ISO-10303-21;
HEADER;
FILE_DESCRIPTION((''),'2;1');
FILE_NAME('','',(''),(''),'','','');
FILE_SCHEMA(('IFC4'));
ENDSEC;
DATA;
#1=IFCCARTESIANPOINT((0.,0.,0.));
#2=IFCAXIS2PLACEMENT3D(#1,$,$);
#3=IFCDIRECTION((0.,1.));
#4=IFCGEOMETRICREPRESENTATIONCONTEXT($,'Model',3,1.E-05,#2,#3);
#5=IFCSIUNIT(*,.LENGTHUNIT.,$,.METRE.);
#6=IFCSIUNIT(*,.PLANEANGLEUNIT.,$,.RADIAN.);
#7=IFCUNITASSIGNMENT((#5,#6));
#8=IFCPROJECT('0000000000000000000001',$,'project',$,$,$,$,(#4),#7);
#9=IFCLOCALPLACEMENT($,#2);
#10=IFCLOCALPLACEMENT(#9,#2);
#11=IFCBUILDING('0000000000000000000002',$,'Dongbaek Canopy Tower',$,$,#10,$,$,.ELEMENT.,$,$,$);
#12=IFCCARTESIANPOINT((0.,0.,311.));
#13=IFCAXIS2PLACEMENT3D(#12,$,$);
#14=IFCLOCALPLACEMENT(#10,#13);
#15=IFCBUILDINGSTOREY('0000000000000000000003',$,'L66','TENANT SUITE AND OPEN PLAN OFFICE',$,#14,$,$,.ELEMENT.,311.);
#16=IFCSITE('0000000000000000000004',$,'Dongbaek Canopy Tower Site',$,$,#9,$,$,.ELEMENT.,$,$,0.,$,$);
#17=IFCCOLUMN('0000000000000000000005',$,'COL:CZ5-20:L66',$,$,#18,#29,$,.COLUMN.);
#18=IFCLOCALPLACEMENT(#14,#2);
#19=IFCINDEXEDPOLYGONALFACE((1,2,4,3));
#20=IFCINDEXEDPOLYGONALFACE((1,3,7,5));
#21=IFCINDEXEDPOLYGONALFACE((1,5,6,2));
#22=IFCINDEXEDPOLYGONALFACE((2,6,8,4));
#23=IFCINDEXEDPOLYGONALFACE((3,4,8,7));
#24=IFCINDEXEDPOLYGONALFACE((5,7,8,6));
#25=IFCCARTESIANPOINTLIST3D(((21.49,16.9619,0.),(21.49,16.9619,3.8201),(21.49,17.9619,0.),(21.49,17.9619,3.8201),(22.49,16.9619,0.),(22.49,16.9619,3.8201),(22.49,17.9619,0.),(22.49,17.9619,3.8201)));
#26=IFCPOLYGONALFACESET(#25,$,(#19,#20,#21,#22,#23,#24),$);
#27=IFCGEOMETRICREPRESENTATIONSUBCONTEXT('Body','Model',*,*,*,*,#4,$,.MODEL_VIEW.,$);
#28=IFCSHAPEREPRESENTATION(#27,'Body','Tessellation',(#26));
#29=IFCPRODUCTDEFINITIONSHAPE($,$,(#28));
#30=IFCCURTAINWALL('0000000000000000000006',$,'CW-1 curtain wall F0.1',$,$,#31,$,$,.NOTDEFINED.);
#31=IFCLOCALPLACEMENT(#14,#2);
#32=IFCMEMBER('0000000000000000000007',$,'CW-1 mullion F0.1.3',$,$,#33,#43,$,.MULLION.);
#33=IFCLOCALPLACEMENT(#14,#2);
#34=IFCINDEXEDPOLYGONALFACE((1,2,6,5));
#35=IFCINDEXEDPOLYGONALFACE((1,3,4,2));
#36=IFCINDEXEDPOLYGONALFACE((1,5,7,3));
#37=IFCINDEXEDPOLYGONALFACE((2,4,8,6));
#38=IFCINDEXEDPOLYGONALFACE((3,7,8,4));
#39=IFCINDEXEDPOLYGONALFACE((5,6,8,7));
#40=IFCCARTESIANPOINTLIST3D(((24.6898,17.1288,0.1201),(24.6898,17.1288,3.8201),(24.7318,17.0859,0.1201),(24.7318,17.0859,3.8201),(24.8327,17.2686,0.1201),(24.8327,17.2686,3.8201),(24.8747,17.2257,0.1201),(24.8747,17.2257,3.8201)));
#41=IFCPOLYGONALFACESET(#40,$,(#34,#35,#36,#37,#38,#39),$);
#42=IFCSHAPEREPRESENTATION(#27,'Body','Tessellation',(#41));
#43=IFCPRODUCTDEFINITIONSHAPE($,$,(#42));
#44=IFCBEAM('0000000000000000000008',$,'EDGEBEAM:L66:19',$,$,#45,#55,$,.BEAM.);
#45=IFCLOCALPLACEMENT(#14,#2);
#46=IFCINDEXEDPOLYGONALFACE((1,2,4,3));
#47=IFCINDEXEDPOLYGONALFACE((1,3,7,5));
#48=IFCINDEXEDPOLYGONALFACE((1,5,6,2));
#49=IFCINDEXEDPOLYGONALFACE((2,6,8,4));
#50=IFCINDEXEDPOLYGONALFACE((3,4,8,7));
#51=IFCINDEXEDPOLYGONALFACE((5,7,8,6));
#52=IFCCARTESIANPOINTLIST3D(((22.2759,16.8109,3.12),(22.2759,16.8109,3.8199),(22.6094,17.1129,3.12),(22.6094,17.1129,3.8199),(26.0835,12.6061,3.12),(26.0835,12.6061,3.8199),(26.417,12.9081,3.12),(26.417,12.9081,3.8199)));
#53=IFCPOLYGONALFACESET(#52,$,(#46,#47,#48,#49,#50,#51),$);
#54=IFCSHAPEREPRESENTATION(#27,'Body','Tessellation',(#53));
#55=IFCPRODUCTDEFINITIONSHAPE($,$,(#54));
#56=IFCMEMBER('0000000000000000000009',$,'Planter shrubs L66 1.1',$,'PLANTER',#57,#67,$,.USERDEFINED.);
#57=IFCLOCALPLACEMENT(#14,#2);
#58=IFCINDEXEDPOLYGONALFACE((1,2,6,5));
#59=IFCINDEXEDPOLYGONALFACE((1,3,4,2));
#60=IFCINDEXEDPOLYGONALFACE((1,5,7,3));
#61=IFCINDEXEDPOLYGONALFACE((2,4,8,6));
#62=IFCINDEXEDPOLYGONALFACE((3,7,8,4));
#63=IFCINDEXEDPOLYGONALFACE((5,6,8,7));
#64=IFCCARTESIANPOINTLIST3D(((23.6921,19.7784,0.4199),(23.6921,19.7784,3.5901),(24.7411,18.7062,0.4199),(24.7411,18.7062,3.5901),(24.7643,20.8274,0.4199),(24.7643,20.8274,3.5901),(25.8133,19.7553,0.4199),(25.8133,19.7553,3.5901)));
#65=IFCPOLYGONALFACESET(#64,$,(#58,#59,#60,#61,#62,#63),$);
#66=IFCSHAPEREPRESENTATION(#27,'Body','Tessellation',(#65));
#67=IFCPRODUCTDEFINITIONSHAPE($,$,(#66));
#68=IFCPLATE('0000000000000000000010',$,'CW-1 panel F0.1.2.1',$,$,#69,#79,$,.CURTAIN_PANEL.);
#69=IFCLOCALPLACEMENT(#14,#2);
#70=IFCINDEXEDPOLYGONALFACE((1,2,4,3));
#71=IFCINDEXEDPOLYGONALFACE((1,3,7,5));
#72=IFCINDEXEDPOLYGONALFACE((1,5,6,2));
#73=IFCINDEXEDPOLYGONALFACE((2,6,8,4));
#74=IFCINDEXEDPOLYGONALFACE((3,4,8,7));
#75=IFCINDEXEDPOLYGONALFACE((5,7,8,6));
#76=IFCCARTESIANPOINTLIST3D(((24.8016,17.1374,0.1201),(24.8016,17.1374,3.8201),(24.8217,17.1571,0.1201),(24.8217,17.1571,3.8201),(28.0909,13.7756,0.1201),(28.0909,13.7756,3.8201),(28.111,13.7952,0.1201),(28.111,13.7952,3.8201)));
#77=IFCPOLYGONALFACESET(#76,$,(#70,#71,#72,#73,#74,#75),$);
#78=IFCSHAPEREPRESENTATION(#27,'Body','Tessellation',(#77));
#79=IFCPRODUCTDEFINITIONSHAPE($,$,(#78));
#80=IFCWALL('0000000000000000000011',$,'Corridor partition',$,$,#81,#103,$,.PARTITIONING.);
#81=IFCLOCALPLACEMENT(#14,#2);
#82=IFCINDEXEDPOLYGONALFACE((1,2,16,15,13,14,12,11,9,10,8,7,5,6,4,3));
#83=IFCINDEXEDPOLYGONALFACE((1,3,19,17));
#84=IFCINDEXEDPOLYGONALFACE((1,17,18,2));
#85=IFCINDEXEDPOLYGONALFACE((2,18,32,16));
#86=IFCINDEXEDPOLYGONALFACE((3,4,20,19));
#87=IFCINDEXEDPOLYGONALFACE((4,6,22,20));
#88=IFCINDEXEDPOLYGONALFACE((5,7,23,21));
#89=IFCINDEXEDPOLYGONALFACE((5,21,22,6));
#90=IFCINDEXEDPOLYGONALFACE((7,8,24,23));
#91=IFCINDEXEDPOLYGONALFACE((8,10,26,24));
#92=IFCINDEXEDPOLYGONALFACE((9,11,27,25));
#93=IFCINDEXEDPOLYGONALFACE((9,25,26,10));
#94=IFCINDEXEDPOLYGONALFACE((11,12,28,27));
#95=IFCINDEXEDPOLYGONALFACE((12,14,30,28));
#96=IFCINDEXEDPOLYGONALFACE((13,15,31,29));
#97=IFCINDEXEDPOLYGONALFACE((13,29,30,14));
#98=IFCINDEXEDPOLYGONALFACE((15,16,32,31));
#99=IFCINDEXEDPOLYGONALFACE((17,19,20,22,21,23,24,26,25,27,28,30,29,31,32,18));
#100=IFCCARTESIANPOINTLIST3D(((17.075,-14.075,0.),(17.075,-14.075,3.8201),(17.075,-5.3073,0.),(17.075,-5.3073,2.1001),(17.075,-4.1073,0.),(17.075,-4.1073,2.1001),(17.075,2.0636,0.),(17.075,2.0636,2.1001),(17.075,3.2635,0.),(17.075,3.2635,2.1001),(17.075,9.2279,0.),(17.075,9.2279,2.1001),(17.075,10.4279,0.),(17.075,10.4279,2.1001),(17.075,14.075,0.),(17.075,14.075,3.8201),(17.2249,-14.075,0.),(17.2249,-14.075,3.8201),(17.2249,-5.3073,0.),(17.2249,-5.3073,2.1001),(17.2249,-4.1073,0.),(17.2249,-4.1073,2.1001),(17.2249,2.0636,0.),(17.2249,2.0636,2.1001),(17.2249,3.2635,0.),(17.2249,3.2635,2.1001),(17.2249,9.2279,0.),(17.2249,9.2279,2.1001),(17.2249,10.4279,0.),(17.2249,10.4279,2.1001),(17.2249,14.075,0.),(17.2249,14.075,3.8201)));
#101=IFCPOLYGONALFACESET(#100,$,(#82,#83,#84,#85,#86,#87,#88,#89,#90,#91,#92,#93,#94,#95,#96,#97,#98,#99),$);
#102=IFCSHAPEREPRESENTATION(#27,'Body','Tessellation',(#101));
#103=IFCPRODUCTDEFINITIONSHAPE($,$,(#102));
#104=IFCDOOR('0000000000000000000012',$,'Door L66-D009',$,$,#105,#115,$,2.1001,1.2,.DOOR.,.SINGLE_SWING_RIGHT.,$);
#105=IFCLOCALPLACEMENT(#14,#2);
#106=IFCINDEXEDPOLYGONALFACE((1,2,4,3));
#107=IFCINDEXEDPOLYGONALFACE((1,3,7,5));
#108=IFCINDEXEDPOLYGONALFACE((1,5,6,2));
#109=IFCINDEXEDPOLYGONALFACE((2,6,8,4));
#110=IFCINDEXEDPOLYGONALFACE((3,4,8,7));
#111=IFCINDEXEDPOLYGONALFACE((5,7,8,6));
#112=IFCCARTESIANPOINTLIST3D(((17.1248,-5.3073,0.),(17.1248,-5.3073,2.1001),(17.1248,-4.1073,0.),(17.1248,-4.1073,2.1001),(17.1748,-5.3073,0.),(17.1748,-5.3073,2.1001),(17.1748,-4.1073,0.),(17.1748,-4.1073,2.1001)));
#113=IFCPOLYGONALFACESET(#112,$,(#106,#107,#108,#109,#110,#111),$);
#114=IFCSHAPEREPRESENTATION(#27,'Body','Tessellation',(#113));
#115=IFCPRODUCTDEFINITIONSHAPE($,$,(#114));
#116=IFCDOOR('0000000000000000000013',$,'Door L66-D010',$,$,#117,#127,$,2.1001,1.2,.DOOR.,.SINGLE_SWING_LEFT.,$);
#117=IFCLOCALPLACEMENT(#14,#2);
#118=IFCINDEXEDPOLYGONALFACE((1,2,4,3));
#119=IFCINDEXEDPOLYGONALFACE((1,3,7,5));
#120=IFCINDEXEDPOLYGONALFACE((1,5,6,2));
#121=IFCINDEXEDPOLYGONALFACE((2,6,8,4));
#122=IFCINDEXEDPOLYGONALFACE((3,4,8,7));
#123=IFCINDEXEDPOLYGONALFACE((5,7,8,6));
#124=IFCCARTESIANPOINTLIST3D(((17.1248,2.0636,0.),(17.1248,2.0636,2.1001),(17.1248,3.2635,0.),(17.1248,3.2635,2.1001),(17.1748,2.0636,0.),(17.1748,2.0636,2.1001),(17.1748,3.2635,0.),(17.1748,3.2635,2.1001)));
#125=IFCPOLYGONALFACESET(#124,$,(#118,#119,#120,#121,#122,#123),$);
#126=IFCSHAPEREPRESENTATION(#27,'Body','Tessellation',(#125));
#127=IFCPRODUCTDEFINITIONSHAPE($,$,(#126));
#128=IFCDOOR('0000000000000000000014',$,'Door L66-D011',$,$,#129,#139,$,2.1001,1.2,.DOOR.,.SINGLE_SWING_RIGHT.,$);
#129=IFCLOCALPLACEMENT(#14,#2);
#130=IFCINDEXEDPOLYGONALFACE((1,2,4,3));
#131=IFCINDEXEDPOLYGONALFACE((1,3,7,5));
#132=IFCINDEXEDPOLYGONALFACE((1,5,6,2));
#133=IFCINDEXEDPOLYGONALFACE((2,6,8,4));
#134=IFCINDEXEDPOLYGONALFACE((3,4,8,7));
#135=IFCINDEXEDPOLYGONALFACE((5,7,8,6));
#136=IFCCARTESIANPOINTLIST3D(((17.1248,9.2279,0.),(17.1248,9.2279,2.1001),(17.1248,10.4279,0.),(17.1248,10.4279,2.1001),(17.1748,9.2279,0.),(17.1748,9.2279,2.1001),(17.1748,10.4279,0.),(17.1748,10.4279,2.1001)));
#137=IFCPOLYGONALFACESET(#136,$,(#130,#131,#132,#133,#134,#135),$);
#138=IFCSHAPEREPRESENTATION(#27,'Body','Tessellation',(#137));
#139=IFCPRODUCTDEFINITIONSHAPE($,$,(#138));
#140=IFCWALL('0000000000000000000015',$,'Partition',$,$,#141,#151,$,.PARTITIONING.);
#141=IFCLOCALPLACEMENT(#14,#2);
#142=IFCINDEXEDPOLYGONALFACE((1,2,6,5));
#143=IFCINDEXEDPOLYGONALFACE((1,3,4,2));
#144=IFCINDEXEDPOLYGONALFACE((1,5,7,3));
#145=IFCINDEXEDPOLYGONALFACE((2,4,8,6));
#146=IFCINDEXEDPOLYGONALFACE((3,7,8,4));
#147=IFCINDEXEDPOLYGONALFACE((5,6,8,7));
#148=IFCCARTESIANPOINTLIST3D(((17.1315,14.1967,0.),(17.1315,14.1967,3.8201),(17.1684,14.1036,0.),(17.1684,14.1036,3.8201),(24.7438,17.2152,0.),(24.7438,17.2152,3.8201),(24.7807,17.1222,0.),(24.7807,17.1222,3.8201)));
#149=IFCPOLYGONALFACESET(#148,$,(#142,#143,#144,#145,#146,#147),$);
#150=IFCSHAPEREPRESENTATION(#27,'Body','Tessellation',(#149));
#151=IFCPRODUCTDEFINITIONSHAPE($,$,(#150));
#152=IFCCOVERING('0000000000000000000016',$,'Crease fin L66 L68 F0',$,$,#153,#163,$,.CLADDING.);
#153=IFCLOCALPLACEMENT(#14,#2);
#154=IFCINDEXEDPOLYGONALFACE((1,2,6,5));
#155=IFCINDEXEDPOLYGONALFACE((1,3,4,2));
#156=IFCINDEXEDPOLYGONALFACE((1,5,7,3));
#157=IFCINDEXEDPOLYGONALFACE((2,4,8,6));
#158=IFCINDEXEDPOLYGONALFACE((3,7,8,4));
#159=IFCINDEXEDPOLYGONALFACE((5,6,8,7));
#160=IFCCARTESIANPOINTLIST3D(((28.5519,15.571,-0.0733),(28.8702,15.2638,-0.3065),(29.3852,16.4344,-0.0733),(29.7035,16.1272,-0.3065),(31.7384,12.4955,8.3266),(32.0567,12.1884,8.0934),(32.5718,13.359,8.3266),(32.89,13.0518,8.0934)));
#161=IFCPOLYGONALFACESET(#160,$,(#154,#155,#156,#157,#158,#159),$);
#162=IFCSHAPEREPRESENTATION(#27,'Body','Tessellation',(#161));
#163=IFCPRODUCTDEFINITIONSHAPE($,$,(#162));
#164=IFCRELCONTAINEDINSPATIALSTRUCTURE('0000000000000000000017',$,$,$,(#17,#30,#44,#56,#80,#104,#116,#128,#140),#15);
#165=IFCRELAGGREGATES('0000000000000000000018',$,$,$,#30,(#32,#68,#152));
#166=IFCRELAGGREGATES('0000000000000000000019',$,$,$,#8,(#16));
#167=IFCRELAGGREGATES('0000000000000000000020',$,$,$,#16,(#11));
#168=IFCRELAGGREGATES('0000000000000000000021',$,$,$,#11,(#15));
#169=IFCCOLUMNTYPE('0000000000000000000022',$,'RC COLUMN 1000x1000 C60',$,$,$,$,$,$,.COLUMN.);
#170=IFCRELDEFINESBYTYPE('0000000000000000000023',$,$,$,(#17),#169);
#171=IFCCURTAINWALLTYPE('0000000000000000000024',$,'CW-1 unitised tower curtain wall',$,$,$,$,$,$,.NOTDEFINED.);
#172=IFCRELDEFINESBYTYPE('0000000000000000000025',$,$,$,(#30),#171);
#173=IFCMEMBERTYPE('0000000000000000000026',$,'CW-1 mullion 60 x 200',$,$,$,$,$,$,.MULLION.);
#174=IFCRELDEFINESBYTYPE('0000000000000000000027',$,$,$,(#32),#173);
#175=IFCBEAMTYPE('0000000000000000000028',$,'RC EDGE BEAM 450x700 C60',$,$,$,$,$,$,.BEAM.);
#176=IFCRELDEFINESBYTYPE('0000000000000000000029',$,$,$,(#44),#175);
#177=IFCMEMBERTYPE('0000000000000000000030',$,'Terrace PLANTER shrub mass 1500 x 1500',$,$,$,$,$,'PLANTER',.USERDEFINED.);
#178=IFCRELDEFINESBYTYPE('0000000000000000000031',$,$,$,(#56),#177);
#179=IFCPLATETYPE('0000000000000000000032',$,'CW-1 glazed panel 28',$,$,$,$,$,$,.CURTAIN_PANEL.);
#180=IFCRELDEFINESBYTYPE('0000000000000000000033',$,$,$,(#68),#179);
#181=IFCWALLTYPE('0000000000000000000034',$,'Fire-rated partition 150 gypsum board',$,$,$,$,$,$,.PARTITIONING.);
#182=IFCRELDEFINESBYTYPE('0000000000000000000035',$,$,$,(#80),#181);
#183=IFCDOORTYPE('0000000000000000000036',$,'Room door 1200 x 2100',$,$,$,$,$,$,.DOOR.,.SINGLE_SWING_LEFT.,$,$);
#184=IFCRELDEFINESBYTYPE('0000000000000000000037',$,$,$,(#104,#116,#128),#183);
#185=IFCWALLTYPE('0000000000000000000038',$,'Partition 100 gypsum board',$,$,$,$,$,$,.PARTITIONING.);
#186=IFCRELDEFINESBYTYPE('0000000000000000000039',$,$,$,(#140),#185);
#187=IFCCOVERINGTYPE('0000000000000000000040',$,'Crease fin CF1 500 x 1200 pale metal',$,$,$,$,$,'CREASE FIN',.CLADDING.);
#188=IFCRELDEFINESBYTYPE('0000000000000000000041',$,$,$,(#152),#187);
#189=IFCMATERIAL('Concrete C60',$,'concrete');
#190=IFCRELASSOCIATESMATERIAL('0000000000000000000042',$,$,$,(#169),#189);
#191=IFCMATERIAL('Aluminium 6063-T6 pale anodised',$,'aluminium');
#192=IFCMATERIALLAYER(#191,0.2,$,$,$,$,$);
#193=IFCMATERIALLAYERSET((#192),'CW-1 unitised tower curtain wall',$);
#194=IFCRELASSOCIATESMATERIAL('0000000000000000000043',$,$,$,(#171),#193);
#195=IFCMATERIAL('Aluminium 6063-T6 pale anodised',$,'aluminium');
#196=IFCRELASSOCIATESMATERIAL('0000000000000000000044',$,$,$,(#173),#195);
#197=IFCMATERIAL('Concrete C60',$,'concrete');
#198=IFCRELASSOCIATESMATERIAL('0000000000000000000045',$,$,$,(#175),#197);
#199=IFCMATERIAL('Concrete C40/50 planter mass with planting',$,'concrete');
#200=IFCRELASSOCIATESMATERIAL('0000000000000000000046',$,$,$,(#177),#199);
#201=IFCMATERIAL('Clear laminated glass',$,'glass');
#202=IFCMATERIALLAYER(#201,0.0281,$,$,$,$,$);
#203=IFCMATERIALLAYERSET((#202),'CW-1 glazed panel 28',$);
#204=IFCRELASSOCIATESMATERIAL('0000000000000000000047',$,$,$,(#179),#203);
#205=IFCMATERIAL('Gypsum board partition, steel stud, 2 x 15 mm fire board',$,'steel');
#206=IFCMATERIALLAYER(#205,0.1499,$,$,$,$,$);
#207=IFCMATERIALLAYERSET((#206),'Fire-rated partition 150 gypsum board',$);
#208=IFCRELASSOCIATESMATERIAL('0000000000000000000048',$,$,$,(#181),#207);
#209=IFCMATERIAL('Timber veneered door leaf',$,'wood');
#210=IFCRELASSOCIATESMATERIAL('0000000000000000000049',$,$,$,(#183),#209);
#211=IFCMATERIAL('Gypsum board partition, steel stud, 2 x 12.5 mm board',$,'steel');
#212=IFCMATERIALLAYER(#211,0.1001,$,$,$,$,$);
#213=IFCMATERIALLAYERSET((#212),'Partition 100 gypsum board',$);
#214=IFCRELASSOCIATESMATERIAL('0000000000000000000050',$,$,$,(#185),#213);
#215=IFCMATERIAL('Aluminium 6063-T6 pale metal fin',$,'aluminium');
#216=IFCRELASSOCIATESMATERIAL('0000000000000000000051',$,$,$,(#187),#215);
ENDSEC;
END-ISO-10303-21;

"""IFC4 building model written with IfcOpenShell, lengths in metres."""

from ifc_helpers import new_model, si_unit, direction, frame, frame_2d, origin, origin_2d, place, context, subcontext, project, spatial, rectangle, extrude, material, layer, layer_set, material_profile, profile_set, type_object, element, fill, aggregate, save


model = new_model("IFC4")

# Units and contexts
model_context = context("Model", 3, precision=1e-05, world=origin(), true_north=direction((0.0, 1.0)))
body_context = subcontext(model_context, "Body", "Model", "MODEL_VIEW")
ifc_project = project(units=[si_unit("LENGTHUNIT", "METRE"), si_unit("PLANEANGLEUNIT", "RADIAN")], contexts=[model_context])

# Site, building, storey
site_placement = place(None, origin())
site = spatial("IfcSite", under=ifc_project, at=site_placement, Name="Dongbaek Canopy Tower Site", CompositionType="ELEMENT", RefElevation=0.0)
building_placement = place(site_placement, origin())
building = spatial("IfcBuilding", under=site, at=building_placement, Name="Dongbaek Canopy Tower", CompositionType="ELEMENT")
storey_placement = place(building_placement, frame((0.0, 0.0, 311.0)))
storey = spatial("IfcBuildingStorey", under=building, at=storey_placement, Name="L66", Description="TENANT SUITE AND OPEN PLAN OFFICE", CompositionType="ELEMENT", Elevation=311.0)

# Column
ifc_material_1 = material(Name="Concrete C60", Category="concrete")
ifc_material_profile_1 = material_profile(ifc_material_1, rectangle(XDim=1.0, YDim=1.0, at=origin_2d()), Name="RC COLUMN 1000x1000 C60")
ifc_profile_set_1 = profile_set([ifc_material_profile_1], Name="Concrete C60")
column_type = type_object("IfcColumnType", Name="RC COLUMN 1000x1000 C60", PredefinedType="COLUMN", material=ifc_profile_set_1)
column_placement = place(storey_placement, frame((21.99, 17.4619, 0.0), z_axis=(0.0, 0.0, 1.0), x_axis=(1.0, 0.0, 0.0)))
element("IfcColumn", 1, at=column_placement, inside=storey, type_object=column_type, Name="COL:CZ5-20:L66", PredefinedType="COLUMN", context=body_context, shape_type="SweptSolid", body=[
    extrude(rectangle(XDim=1.0, YDim=1.0, at=origin_2d()), origin(), (0.0, 0.0, 1.0), 3.8201),
])

# Curtain wall, member
ifc_material_2 = material(Name="Aluminium 6063-T6 pale anodised", Category="aluminium")
ifc_layer_1 = layer(ifc_material_2, 0.2)
ifc_layer_set_1 = layer_set([ifc_layer_1], Name="CW-1 unitised tower curtain wall")
curtain_wall_type = type_object("IfcCurtainWallType", Name="CW-1 unitised tower curtain wall", PredefinedType="NOTDEFINED", material=ifc_layer_set_1)
curtain_wall_placement = place(storey_placement, origin())
curtain_wall = element("IfcCurtainWall", 2, at=curtain_wall_placement, inside=storey, type_object=curtain_wall_type, Name="CW-1 curtain wall F0.1", PredefinedType="NOTDEFINED")
ifc_material_3 = material(Name="Aluminium 6063-T6 pale anodised", Category="aluminium")
ifc_material_profile_2 = material_profile(ifc_material_3, rectangle(XDim=0.2, YDim=0.0601, at=origin_2d()), Name="CW-1 mullion 60 x 200")
ifc_profile_set_2 = profile_set([ifc_material_profile_2], Name="Aluminium 6063-T6 pale anodised")
member_type_1 = type_object("IfcMemberType", Name="CW-1 mullion 60 x 200", PredefinedType="MULLION", material=ifc_profile_set_2)
member_1_placement = place(storey_placement, frame((24.7822, 17.1772, 0.1201), z_axis=(0.0, 0.0, 1.0), x_axis=(0.71478, 0.699349, 0.0)))
member_1 = element("IfcMember", 3, at=member_1_placement, type_object=member_type_1, Name="CW-1 mullion F0.1.3", PredefinedType="MULLION", context=body_context, shape_type="SweptSolid", body=[
    extrude(rectangle(XDim=0.2, YDim=0.0601, at=origin_2d()), origin(), (0.0, 0.0, 1.0), 3.7),
])

# Beam
ifc_material_4 = material(Name="Concrete C60", Category="concrete")
ifc_material_profile_3 = material_profile(ifc_material_4, rectangle(XDim=0.45, YDim=0.7, at=origin_2d()), Name="RC EDGE BEAM 450x700 C60")
ifc_profile_set_3 = profile_set([ifc_material_profile_3], Name="Concrete C60")
beam_type = type_object("IfcBeamType", Name="RC EDGE BEAM 450x700 C60", PredefinedType="BEAM", material=ifc_profile_set_3)
beam_placement = place(storey_placement, frame((22.4426, 16.9619, 3.47), z_axis=(0.671228, -0.741251, 0.0), x_axis=(0.741251, 0.671228, 0.0)))
element("IfcBeam", 4, at=beam_placement, inside=storey, type_object=beam_type, Name="EDGEBEAM:L66:19", PredefinedType="BEAM", context=body_context, shape_type="SweptSolid", body=[
    extrude(rectangle(XDim=0.45, YDim=0.7, at=origin_2d()), origin(), (0.0, 0.0, 1.0), 5.6726),
])

# Member
ifc_material_5 = material(Name="Concrete C40/50 planter mass with planting", Category="concrete")
ifc_material_profile_4 = material_profile(ifc_material_5, rectangle(XDim=1.5, YDim=1.5, at=origin_2d()), Name="Terrace PLANTER shrub mass 1500 x 1500")
ifc_profile_set_4 = profile_set([ifc_material_profile_4], Name="Concrete C40/50 planter mass with planting")
member_type_2 = type_object("IfcMemberType", Name="Terrace PLANTER shrub mass 1500 x 1500", ElementType="PLANTER", PredefinedType="USERDEFINED", material=ifc_profile_set_4)
member_2_placement = place(storey_placement, frame((24.7527, 19.7668, 0.4199), z_axis=(0.0, 0.0, 1.0), x_axis=(0.71478, 0.699349, 0.0)))
element("IfcMember", 5, at=member_2_placement, inside=storey, type_object=member_type_2, Name="Planter shrubs L66 1.1", ObjectType="PLANTER", PredefinedType="USERDEFINED", context=body_context, shape_type="SweptSolid", body=[
    extrude(rectangle(XDim=1.5, YDim=1.5, at=origin_2d()), origin(), (0.0, 0.0, 1.0), 3.1702),
])

# Plate
ifc_material_6 = material(Name="Clear laminated glass", Category="glass")
ifc_layer_2 = layer(ifc_material_6, 0.0281)
ifc_layer_set_2 = layer_set([ifc_layer_2], Name="CW-1 glazed panel 28")
plate_type = type_object("IfcPlateType", Name="CW-1 glazed panel 28", PredefinedType="CURTAIN_PANEL", material=ifc_layer_set_2)
plate_placement = place(storey_placement, frame((26.4563, 15.4663, 0.1201), z_axis=(0.0, 0.0, 1.0), x_axis=(-0.699349, 0.71478, 0.0)))
plate = element("IfcPlate", 6, at=plate_placement, type_object=plate_type, Name="CW-1 panel F0.1.2.1", PredefinedType="CURTAIN_PANEL", context=body_context, shape_type="SweptSolid", body=[
    extrude(rectangle(XDim=4.7034, YDim=0.0281, at=origin_2d()), origin(), (0.0, 0.0, 1.0), 3.7),
])

# Wall, openings, doors
ifc_material_7 = material(Name="Gypsum board partition, steel stud, 2 x 15 mm fire board", Category="steel")
ifc_layer_3 = layer(ifc_material_7, 0.1499)
ifc_layer_set_3 = layer_set([ifc_layer_3], Name="Fire-rated partition 150 gypsum board")
wall_type_1 = type_object("IfcWallType", Name="Fire-rated partition 150 gypsum board", PredefinedType="PARTITIONING", material=ifc_layer_set_3)
wall_1_placement = place(storey_placement, frame((17.1499, 14.075, 0.0), z_axis=(0.0, 0.0, 1.0), x_axis=(0.0, -1.0, 0.0)))
wall_1 = element("IfcWall", 7, at=wall_1_placement, inside=storey, type_object=wall_type_1, Name="Corridor partition", PredefinedType="PARTITIONING", context=body_context, shape_type="SweptSolid", body=[
    extrude(rectangle(XDim=28.1499, YDim=0.1499, at=frame_2d((14.075, 0.0))), origin(), (0.0, 0.0, 1.0), 3.8201),
])
opening_1_placement = place(wall_1_placement, frame((18.1821, 0.0, 0.0)))
opening_1 = element("IfcOpeningElement", 8, at=opening_1_placement, cuts=wall_1, PredefinedType="OPENING", context=body_context, shape_type="SweptSolid", body=[
    extrude(rectangle(XDim=1.2, YDim=2.1001, at=frame_2d((0.6001, 1.05))), frame((0.0, 0.085, 0.0), z_axis=(0.0, -1.0, 0.0), x_axis=(1.0, 0.0, 0.0)), (0.0, 0.0, 1.0), 0.1699),
])
opening_2_placement = place(wall_1_placement, frame((10.8113, 0.0, 0.0)))
opening_2 = element("IfcOpeningElement", 9, at=opening_2_placement, cuts=wall_1, PredefinedType="OPENING", context=body_context, shape_type="SweptSolid", body=[
    extrude(rectangle(XDim=1.2, YDim=2.1001, at=frame_2d((0.6001, 1.05))), frame((0.0, 0.085, 0.0), z_axis=(0.0, -1.0, 0.0), x_axis=(1.0, 0.0, 0.0)), (0.0, 0.0, 1.0), 0.1699),
])
opening_3_placement = place(wall_1_placement, frame((3.647, 0.0, 0.0)))
opening_3 = element("IfcOpeningElement", 10, at=opening_3_placement, cuts=wall_1, PredefinedType="OPENING", context=body_context, shape_type="SweptSolid", body=[
    extrude(rectangle(XDim=1.2, YDim=2.1001, at=frame_2d((0.6001, 1.05))), frame((0.0, 0.085, 0.0), z_axis=(0.0, -1.0, 0.0), x_axis=(1.0, 0.0, 0.0)), (0.0, 0.0, 1.0), 0.1699),
])
ifc_material_8 = material(Name="Timber veneered door leaf", Category="wood")
door_type_1 = type_object("IfcDoorType", Name="Room door 1200 x 2100", OperationType="SINGLE_SWING_LEFT", PredefinedType="DOOR", material=ifc_material_8)
door_1_placement = place(opening_1_placement, origin())
door_1 = element("IfcDoor", 11, at=door_1_placement, inside=storey, type_object=door_type_1, Name="Door L66-D009", OperationType="SINGLE_SWING_RIGHT", OverallHeight=2.1001, OverallWidth=1.2, PredefinedType="DOOR", context=body_context, shape_type="SweptSolid", body=[
    extrude(rectangle(XDim=1.2, YDim=2.1001, at=frame_2d((0.6001, 1.05))), frame((0.0, 0.0249, 0.0), z_axis=(0.0, -1.0, 0.0), x_axis=(1.0, 0.0, 0.0)), (0.0, 0.0, 1.0), 0.05),
])
fill(opening_1, door_1)
door_2_placement = place(opening_2_placement, origin())
door_2 = element("IfcDoor", 12, at=door_2_placement, inside=storey, type_object=door_type_1, Name="Door L66-D010", OperationType="SINGLE_SWING_LEFT", OverallHeight=2.1001, OverallWidth=1.2, PredefinedType="DOOR", context=body_context, shape_type="SweptSolid", body=[
    extrude(rectangle(XDim=1.2, YDim=2.1001, at=frame_2d((0.6001, 1.05))), frame((0.0, 0.0249, 0.0), z_axis=(0.0, -1.0, 0.0), x_axis=(1.0, 0.0, 0.0)), (0.0, 0.0, 1.0), 0.05),
])
fill(opening_2, door_2)
door_3_placement = place(opening_3_placement, origin())
door_3 = element("IfcDoor", 13, at=door_3_placement, inside=storey, type_object=door_type_1, Name="Door L66-D011", OperationType="SINGLE_SWING_RIGHT", OverallHeight=2.1001, OverallWidth=1.2, PredefinedType="DOOR", context=body_context, shape_type="SweptSolid", body=[
    extrude(rectangle(XDim=1.2, YDim=2.1001, at=frame_2d((0.6001, 1.05))), frame((0.0, 0.0249, 0.0), z_axis=(0.0, -1.0, 0.0), x_axis=(1.0, 0.0, 0.0)), (0.0, 0.0, 1.0), 0.05),
])
fill(opening_3, door_3)

# Wall
ifc_material_9 = material(Name="Gypsum board partition, steel stud, 2 x 12.5 mm board", Category="steel")
ifc_layer_4 = layer(ifc_material_9, 0.1001)
ifc_layer_set_4 = layer_set([ifc_layer_4], Name="Partition 100 gypsum board")
wall_type_2 = type_object("IfcWallType", Name="Partition 100 gypsum board", PredefinedType="PARTITIONING", material=ifc_layer_set_4)
wall_2_placement = place(storey_placement, frame((17.1499, 14.1501, 0.0), z_axis=(0.0, 0.0, 1.0), x_axis=(0.929583, 0.368613, 0.0)))
element("IfcWall", 14, at=wall_2_placement, inside=storey, type_object=wall_type_2, Name="Partition", PredefinedType="PARTITIONING", context=body_context, shape_type="SweptSolid", body=[
    extrude(rectangle(XDim=8.189, YDim=0.1001, at=frame_2d((4.0945, 0.0))), origin(), (0.0, 0.0, 1.0), 3.8201),
])

# Covering
ifc_material_10 = material(Name="Aluminium 6063-T6 pale metal fin", Category="aluminium")
ifc_material_profile_5 = material_profile(ifc_material_10, rectangle(XDim=1.2, YDim=0.5, at=origin_2d()), Name="Crease fin CF1 500 x 1200 pale metal")
ifc_profile_set_5 = profile_set([ifc_material_profile_5], Name="Aluminium 6063-T6 pale metal fin")
covering_type = type_object("IfcCoveringType", Name="Crease fin CF1 500 x 1200 pale metal", ElementType="CREASE FIN", PredefinedType="CLADDING", material=ifc_profile_set_5)
covering_placement = place(storey_placement, frame((29.1277, 15.8491, -0.1899), z_axis=(0.335571, -0.323873, 0.884589), x_axis=(0.694454, 0.719537, 0.0)))
covering = element("IfcCovering", 15, at=covering_placement, type_object=covering_type, Name="Crease fin L66 L68 F0", PredefinedType="CLADDING", context=body_context, shape_type="SweptSolid", body=[
    extrude(rectangle(XDim=1.2, YDim=0.5, at=origin_2d()), origin(), (0.0, 0.0, 1.0), 9.4958),
])
aggregate(curtain_wall, [member_1, plate, covering])

save(model, "model.ifc")
